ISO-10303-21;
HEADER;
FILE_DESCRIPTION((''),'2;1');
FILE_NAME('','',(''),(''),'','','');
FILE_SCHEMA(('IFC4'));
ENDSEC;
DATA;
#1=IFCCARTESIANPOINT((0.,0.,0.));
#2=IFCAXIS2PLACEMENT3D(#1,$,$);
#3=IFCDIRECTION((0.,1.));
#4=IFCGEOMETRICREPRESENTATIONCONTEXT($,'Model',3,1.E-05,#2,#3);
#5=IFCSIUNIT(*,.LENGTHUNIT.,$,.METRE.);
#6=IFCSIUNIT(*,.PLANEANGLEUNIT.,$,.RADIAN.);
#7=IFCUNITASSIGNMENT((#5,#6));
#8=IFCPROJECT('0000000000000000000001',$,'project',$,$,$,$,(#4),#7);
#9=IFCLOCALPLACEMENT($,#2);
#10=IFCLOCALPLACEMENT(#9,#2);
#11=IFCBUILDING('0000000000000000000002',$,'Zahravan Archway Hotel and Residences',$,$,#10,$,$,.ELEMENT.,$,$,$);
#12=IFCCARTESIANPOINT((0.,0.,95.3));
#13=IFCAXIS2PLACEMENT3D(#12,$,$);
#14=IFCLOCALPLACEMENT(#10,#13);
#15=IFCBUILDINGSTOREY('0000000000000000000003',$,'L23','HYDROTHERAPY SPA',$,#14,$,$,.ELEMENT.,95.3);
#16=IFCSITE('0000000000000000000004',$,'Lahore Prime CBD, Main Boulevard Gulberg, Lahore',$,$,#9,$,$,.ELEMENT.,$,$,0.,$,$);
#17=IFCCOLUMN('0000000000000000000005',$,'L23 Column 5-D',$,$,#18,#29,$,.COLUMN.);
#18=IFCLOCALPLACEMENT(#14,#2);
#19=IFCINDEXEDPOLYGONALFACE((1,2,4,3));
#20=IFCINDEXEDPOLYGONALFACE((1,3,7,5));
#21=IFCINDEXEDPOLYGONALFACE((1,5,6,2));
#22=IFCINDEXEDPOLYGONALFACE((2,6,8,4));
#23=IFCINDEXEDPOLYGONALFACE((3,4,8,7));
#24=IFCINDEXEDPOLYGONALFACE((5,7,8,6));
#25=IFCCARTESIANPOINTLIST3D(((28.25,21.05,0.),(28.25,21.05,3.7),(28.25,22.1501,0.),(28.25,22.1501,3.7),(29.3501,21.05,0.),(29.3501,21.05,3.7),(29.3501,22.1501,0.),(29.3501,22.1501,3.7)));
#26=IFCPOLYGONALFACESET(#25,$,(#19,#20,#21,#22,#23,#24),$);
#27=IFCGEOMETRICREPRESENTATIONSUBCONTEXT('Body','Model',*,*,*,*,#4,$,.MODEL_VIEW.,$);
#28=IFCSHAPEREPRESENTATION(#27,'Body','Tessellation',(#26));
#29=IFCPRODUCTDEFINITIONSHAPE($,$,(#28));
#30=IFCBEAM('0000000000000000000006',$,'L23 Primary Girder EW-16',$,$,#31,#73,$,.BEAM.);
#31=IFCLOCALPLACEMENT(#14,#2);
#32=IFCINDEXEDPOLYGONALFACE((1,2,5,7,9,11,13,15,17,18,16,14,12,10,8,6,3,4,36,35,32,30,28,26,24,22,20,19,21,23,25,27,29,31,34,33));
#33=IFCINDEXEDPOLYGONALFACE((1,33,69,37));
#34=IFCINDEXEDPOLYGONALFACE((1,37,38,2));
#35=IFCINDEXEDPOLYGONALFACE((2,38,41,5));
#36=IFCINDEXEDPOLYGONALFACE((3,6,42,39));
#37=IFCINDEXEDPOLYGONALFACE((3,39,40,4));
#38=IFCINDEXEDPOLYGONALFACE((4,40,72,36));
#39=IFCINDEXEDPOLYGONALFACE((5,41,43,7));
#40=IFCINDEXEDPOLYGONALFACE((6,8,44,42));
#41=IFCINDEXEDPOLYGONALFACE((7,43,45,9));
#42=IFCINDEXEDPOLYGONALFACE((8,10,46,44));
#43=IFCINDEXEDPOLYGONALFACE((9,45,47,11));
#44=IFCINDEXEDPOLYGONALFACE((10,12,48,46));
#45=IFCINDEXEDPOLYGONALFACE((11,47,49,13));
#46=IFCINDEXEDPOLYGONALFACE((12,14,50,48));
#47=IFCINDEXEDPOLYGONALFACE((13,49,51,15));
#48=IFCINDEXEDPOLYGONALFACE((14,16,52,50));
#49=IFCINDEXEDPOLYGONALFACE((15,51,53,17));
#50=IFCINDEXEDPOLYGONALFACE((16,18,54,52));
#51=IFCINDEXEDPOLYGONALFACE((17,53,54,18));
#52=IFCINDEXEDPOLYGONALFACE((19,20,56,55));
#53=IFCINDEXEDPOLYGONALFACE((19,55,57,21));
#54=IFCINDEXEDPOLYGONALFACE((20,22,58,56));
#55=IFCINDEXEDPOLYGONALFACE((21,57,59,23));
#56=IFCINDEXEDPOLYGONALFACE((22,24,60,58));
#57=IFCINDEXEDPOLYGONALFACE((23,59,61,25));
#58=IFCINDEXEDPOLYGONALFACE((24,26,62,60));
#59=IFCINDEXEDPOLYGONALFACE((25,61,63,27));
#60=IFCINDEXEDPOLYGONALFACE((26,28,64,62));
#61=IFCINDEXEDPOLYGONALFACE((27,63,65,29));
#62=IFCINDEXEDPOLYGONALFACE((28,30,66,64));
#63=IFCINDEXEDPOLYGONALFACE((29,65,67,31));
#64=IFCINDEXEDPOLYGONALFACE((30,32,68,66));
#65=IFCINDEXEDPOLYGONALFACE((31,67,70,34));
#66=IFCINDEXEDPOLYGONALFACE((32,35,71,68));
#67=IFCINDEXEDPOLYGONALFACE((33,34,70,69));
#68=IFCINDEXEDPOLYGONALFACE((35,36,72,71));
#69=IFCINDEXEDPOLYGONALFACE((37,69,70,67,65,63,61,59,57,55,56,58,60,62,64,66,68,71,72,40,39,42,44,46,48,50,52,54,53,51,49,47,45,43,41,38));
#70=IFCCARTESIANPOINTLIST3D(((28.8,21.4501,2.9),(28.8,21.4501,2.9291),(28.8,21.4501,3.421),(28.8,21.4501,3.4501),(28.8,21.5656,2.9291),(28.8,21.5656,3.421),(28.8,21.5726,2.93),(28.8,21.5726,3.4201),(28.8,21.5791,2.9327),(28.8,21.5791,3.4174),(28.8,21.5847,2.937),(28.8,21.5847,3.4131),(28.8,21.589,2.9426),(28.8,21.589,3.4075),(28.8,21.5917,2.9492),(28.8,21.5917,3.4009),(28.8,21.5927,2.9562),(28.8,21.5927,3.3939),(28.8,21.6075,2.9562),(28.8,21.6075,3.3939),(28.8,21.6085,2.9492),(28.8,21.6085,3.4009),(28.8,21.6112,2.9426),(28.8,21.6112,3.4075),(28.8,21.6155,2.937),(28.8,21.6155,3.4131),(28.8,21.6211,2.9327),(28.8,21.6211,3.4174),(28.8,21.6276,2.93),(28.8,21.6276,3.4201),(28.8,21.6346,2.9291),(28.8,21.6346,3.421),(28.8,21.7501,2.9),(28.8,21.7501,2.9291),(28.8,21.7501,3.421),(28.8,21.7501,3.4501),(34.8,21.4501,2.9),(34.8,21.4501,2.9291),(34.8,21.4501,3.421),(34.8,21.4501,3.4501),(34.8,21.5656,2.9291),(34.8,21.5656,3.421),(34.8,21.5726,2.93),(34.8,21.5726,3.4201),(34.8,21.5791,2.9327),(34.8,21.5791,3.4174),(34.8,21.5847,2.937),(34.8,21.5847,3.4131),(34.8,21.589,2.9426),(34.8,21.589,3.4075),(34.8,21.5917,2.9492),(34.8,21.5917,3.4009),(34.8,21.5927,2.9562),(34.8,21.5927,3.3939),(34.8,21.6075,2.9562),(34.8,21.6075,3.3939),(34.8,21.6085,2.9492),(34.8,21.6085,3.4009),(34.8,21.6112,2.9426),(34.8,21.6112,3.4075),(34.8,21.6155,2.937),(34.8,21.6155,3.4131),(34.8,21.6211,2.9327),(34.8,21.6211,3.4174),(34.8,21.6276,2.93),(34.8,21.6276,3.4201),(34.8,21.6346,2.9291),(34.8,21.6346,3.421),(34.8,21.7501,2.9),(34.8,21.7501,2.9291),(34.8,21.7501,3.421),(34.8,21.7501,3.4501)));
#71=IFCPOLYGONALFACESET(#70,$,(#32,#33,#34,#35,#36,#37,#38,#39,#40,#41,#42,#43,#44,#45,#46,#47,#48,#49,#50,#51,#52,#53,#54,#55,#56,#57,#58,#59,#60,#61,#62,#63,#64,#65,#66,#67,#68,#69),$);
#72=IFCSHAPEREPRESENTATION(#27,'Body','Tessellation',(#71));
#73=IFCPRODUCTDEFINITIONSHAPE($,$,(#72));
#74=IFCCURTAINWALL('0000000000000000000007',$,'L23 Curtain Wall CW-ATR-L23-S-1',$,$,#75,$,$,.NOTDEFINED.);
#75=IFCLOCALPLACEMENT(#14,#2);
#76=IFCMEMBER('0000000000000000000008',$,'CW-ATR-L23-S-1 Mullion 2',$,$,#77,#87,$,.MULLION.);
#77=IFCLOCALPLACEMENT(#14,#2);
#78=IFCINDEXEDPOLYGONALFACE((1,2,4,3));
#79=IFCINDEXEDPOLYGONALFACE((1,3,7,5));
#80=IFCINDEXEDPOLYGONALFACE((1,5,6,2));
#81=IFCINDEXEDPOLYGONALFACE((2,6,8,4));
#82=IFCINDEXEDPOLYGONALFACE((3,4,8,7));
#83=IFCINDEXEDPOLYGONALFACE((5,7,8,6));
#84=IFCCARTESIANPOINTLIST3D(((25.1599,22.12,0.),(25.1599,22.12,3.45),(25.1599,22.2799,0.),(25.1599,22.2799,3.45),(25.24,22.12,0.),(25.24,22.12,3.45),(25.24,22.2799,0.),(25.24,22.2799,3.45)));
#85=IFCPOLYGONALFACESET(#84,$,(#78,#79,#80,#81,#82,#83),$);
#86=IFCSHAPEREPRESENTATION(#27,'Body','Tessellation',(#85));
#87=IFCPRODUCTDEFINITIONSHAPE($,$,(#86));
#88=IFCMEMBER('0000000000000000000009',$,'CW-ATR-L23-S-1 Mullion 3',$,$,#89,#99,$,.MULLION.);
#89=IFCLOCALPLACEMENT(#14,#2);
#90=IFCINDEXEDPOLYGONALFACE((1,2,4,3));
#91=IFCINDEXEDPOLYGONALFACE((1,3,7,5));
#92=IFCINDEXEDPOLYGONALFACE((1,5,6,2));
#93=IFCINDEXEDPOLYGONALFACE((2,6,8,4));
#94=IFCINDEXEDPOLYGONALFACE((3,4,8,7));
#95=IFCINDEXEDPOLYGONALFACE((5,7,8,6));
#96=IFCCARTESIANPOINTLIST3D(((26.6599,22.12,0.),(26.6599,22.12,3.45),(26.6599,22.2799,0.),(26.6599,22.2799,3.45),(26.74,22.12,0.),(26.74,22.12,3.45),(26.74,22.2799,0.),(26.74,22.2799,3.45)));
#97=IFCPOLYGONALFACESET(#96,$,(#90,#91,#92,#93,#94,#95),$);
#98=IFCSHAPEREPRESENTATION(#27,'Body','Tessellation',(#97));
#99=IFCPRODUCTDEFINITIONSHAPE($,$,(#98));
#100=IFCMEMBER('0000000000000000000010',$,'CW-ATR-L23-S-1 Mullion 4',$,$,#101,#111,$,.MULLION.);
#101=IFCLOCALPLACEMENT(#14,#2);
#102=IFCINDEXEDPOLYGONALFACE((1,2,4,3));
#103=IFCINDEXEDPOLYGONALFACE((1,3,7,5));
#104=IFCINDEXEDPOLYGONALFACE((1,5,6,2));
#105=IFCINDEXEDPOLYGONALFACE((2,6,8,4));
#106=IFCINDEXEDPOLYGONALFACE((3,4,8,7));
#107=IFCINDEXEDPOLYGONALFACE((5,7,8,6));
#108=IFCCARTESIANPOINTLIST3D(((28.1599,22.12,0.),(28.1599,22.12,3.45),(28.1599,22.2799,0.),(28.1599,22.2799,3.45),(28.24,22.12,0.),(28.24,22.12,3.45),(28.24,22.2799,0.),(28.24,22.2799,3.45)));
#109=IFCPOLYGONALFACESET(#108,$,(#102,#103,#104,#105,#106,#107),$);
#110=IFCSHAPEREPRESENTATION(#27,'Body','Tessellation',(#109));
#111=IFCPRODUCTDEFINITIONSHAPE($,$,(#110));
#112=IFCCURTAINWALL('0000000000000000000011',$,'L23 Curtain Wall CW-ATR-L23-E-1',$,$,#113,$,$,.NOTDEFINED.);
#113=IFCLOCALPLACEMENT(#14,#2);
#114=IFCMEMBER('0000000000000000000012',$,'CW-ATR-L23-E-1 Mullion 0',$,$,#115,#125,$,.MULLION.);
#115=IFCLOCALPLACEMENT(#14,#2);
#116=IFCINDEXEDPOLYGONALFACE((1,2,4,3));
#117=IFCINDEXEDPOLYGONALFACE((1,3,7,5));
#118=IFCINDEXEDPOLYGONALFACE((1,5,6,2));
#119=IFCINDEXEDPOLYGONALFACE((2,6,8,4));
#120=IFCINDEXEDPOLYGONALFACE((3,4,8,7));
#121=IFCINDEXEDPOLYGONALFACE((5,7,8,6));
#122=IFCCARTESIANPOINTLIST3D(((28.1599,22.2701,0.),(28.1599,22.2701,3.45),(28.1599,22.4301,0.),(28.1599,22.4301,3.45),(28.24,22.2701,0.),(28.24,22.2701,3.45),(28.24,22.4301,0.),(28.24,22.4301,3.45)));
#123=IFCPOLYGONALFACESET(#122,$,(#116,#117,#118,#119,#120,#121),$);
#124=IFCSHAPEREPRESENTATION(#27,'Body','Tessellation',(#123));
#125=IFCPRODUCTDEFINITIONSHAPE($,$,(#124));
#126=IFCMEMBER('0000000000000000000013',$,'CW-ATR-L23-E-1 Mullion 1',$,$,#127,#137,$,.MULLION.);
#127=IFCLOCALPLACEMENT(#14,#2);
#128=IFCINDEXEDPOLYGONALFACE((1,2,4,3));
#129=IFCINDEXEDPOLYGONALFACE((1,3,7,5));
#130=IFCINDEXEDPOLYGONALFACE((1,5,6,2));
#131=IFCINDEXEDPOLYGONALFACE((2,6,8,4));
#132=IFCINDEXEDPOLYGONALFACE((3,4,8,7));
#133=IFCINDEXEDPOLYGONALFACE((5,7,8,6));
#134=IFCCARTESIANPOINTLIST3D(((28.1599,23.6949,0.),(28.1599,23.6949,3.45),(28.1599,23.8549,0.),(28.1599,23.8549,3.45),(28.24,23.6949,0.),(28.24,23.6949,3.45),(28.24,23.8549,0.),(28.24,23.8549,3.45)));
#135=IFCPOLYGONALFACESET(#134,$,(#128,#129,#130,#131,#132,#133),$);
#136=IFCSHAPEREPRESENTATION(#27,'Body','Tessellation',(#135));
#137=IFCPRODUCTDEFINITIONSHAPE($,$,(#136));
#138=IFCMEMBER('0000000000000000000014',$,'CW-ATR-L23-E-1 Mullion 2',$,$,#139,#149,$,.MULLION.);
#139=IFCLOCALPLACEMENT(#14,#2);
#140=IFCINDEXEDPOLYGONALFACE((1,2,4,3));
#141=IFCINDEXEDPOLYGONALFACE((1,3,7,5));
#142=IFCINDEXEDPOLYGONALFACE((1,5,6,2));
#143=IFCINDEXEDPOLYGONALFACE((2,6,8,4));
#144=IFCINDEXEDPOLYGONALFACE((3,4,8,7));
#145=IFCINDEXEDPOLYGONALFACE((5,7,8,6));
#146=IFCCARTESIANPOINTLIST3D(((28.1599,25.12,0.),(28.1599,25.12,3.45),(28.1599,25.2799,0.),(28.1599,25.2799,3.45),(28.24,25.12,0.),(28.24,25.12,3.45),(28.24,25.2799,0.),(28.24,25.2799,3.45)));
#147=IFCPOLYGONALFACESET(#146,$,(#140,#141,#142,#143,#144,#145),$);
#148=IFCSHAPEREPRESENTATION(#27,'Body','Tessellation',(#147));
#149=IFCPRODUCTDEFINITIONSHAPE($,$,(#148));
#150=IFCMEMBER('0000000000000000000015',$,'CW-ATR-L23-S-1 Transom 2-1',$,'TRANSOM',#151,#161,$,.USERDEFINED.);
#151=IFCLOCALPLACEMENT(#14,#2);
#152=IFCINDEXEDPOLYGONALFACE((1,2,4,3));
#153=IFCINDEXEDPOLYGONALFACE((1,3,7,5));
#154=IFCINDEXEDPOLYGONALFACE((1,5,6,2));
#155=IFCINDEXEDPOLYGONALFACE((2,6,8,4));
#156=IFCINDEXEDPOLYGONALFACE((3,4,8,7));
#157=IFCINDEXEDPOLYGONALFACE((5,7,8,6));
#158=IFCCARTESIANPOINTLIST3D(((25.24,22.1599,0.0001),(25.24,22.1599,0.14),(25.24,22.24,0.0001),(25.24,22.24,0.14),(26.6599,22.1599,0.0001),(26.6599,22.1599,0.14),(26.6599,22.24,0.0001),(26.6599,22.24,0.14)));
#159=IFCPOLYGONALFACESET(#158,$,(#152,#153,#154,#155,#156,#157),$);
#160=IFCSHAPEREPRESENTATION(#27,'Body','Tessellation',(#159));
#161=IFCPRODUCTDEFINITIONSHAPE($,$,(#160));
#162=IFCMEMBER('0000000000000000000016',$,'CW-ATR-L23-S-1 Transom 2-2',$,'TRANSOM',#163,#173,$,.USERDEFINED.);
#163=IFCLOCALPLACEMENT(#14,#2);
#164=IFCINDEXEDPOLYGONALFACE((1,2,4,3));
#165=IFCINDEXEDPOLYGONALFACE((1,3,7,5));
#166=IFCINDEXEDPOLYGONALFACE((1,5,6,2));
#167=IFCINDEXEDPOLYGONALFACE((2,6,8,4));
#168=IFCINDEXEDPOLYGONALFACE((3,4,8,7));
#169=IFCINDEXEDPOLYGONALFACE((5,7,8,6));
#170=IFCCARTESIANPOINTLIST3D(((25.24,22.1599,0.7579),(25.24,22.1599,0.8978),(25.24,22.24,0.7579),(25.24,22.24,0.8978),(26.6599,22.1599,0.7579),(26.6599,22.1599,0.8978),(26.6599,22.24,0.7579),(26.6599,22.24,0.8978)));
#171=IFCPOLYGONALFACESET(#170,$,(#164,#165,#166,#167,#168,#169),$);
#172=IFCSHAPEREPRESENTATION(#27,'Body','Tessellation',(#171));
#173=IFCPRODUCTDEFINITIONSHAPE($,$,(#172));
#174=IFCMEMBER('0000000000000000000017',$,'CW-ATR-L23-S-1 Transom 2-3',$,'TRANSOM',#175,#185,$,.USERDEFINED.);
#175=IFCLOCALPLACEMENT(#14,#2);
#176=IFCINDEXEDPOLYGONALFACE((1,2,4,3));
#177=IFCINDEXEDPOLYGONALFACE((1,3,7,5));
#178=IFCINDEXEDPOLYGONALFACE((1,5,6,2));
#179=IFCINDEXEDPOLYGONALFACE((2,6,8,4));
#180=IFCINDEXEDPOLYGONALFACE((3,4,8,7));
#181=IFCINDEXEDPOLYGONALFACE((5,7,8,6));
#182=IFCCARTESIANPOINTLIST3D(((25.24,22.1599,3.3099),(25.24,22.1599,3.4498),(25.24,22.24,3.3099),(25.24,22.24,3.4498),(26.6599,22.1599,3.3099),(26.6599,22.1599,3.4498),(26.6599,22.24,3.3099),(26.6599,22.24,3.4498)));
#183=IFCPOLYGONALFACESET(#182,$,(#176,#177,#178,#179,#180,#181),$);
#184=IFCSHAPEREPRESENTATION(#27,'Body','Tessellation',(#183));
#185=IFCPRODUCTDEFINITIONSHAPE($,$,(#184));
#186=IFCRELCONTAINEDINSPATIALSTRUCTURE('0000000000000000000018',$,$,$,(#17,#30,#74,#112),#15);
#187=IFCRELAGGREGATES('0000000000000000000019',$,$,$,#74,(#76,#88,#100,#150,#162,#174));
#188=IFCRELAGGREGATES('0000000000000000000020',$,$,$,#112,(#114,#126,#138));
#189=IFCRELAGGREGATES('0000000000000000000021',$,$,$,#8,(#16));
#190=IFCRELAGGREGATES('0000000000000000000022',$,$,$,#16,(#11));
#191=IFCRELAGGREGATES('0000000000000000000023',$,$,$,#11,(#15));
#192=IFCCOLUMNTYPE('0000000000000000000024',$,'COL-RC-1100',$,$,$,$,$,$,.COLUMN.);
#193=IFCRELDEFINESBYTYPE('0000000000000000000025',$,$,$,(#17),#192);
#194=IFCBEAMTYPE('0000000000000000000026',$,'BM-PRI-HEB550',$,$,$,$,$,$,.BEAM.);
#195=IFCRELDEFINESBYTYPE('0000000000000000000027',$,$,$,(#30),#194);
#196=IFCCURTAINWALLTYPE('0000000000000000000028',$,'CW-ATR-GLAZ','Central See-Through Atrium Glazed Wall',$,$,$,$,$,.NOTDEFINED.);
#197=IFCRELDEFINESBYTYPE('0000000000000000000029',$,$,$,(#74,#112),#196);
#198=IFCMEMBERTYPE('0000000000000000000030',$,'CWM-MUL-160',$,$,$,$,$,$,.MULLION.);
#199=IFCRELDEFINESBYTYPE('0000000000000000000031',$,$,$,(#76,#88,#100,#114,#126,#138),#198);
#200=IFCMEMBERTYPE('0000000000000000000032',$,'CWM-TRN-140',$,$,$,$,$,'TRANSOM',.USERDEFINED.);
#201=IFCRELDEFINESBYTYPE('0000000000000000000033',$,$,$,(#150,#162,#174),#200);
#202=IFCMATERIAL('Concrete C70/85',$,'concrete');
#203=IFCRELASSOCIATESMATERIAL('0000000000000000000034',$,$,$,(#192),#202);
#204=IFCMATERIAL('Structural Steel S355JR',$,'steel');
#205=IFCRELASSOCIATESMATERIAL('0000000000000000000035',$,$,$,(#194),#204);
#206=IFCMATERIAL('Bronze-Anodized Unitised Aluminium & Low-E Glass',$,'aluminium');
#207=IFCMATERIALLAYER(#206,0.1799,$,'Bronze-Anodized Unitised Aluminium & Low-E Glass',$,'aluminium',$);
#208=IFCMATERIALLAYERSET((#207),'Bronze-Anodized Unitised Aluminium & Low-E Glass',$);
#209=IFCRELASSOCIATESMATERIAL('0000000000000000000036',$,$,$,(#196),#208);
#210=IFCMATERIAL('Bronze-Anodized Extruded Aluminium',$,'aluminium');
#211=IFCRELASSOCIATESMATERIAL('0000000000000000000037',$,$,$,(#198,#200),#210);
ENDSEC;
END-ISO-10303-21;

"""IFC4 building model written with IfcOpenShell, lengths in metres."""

from ifc_helpers import new_model, si_unit, direction, frame, origin, origin_2d, place, context, subcontext, project, spatial, rectangle, i_section, extrude, source, transform, mapped, material, layer, layer_set, material_profile, profile_set, type_object, element, aggregate, save


model = new_model("IFC4")

# Units and contexts
model_context = context("Model", 3, precision=1e-05, world=origin(), true_north=direction((0.0, 1.0)))
body_context = subcontext(model_context, "Body", "Model", "MODEL_VIEW")
ifc_project = project(units=[si_unit("LENGTHUNIT", "METRE"), si_unit("PLANEANGLEUNIT", "RADIAN")], contexts=[model_context])

# Site, building, storey
site_placement = place(None, origin())
site = spatial("IfcSite", under=ifc_project, at=site_placement, Name="Lahore Prime CBD, Main Boulevard Gulberg, Lahore", CompositionType="ELEMENT", RefElevation=0.0)
building_placement = place(site_placement, origin())
building = spatial("IfcBuilding", under=site, at=building_placement, Name="Zahravan Archway Hotel and Residences", CompositionType="ELEMENT")
storey_placement = place(building_placement, frame((0.0, 0.0, 95.3)))
storey = spatial("IfcBuildingStorey", under=building, at=storey_placement, Name="L23", Description="HYDROTHERAPY SPA", CompositionType="ELEMENT", Elevation=95.3)

# Column
ifc_material_1 = material(Name="Concrete C70/85", Category="concrete")
ifc_material_profile_1 = material_profile(ifc_material_1, rectangle(XDim=1.1001, YDim=1.1001, at=origin_2d()), Name="RC 1100x1100", Category="concrete")
ifc_profile_set_1 = profile_set([ifc_material_profile_1], Name="Concrete C70/85")
column_type = type_object("IfcColumnType", Name="COL-RC-1100", PredefinedType="COLUMN", material=ifc_profile_set_1)
shared_shape_1 = source(origin(), body_context, "Body", "SweptSolid", [
    extrude(rectangle(XDim=1.1001, YDim=1.1001, at=origin_2d()), origin(), (0.0, 0.0, 1.0), 3.7),
])
column_placement = place(storey_placement, frame((28.8, 21.6001, 0.0), z_axis=(0.0, 0.0, 1.0), x_axis=(1.0, 0.0, 0.0)))
element("IfcColumn", 1, at=column_placement, inside=storey, type_object=column_type, Name="L23 Column 5-D", PredefinedType="COLUMN", context=body_context, shape_type="MappedRepresentation", body=[
    mapped(shared_shape_1, transform((0.0, 0.0, 0.0), scale=1.0)),
])

# Beam
ifc_material_2 = material(Name="Structural Steel S355JR", Category="steel")
ifc_material_profile_2 = material_profile(ifc_material_2, i_section(OverallWidth=0.3, OverallDepth=0.55, WebThickness=0.0149, FlangeThickness=0.0291, FilletRadius=0.0271, at=origin_2d()), Name="HEB 550", Category="steel")
ifc_profile_set_2 = profile_set([ifc_material_profile_2], Name="Structural Steel S355JR")
beam_type = type_object("IfcBeamType", Name="BM-PRI-HEB550", PredefinedType="BEAM", material=ifc_profile_set_2)
shared_shape_2 = source(origin(), body_context, "Body", "SweptSolid", [
    extrude(i_section(OverallWidth=0.3, OverallDepth=0.55, WebThickness=0.0149, FlangeThickness=0.0291, FilletRadius=0.0271, at=origin_2d()), origin(), (0.0, 0.0, 1.0), 6.0),
])
beam_placement = place(storey_placement, frame((28.8, 21.6001, 3.175), z_axis=(1.0, 0.0, 0.0), x_axis=(0.0, 1.0, 0.0)))
element("IfcBeam", 2, at=beam_placement, inside=storey, type_object=beam_type, Name="L23 Primary Girder EW-16", PredefinedType="BEAM", context=body_context, shape_type="MappedRepresentation", body=[
    mapped(shared_shape_2, transform((0.0, 0.0, 0.0), scale=1.0)),
])

# Curtain walls, members
ifc_material_3 = material(Name="Bronze-Anodized Unitised Aluminium & Low-E Glass", Category="aluminium")
ifc_layer_1 = layer(ifc_material_3, 0.1799, Name="Bronze-Anodized Unitised Aluminium & Low-E Glass", Category="aluminium")
ifc_layer_set_1 = layer_set([ifc_layer_1], Name="Bronze-Anodized Unitised Aluminium & Low-E Glass")
curtain_wall_type = type_object("IfcCurtainWallType", Name="CW-ATR-GLAZ", Description="Central See-Through Atrium Glazed Wall", PredefinedType="NOTDEFINED", material=ifc_layer_set_1)
curtain_wall_1_placement = place(storey_placement, origin())
curtain_wall_1 = element("IfcCurtainWall", 3, at=curtain_wall_1_placement, inside=storey, type_object=curtain_wall_type, Name="L23 Curtain Wall CW-ATR-L23-S-1", PredefinedType="NOTDEFINED")
ifc_material_4 = material(Name="Bronze-Anodized Extruded Aluminium", Category="aluminium")
ifc_material_profile_3 = material_profile(ifc_material_4, rectangle(XDim=0.0801, YDim=0.1599, at=origin_2d()), Name="MUL 80x160", Category="aluminium")
ifc_profile_set_3 = profile_set([ifc_material_profile_3], Name="Bronze-Anodized Extruded Aluminium")
member_type_1 = type_object("IfcMemberType", Name="CWM-MUL-160", PredefinedType="MULLION", material=ifc_profile_set_3)
shared_shape_3 = source(origin(), body_context, "Body", "SweptSolid", [
    extrude(rectangle(XDim=0.0801, YDim=0.1599, at=origin_2d()), origin(), (0.0, 0.0, 1.0), 3.45),
])
member_1_placement = place(storey_placement, frame((25.2, 22.2, 0.0), z_axis=(0.0, 0.0, 1.0), x_axis=(1.0, 0.0, 0.0)))
member_1 = element("IfcMember", 4, at=member_1_placement, type_object=member_type_1, Name="CW-ATR-L23-S-1 Mullion 2", PredefinedType="MULLION", context=body_context, shape_type="MappedRepresentation", body=[
    mapped(shared_shape_3, transform((0.0, 0.0, 0.0), scale=1.0)),
])
member_2_placement = place(storey_placement, frame((26.7, 22.2, 0.0), z_axis=(0.0, 0.0, 1.0), x_axis=(1.0, 0.0, 0.0)))
member_2 = element("IfcMember", 5, at=member_2_placement, type_object=member_type_1, Name="CW-ATR-L23-S-1 Mullion 3", PredefinedType="MULLION", context=body_context, shape_type="MappedRepresentation", body=[
    mapped(shared_shape_3, transform((0.0, 0.0, 0.0), scale=1.0)),
])
member_3_placement = place(storey_placement, frame((28.2, 22.2, 0.0), z_axis=(0.0, 0.0, 1.0), x_axis=(1.0, 0.0, 0.0)))
member_3 = element("IfcMember", 6, at=member_3_placement, type_object=member_type_1, Name="CW-ATR-L23-S-1 Mullion 4", PredefinedType="MULLION", context=body_context, shape_type="MappedRepresentation", body=[
    mapped(shared_shape_3, transform((0.0, 0.0, 0.0), scale=1.0)),
])
curtain_wall_2_placement = place(storey_placement, origin())
curtain_wall_2 = element("IfcCurtainWall", 7, at=curtain_wall_2_placement, inside=storey, type_object=curtain_wall_type, Name="L23 Curtain Wall CW-ATR-L23-E-1", PredefinedType="NOTDEFINED")
member_4_placement = place(storey_placement, frame((28.2, 22.3501, 0.0), z_axis=(0.0, 0.0, 1.0), x_axis=(1.0, 0.0, 0.0)))
member_4 = element("IfcMember", 8, at=member_4_placement, type_object=member_type_1, Name="CW-ATR-L23-E-1 Mullion 0", PredefinedType="MULLION", context=body_context, shape_type="MappedRepresentation", body=[
    mapped(shared_shape_3, transform((0.0, 0.0, 0.0), scale=1.0)),
])
member_5_placement = place(storey_placement, frame((28.2, 23.7749, 0.0), z_axis=(0.0, 0.0, 1.0), x_axis=(1.0, 0.0, 0.0)))
member_5 = element("IfcMember", 9, at=member_5_placement, type_object=member_type_1, Name="CW-ATR-L23-E-1 Mullion 1", PredefinedType="MULLION", context=body_context, shape_type="MappedRepresentation", body=[
    mapped(shared_shape_3, transform((0.0, 0.0, 0.0), scale=1.0)),
])
member_6_placement = place(storey_placement, frame((28.2, 25.2, 0.0), z_axis=(0.0, 0.0, 1.0), x_axis=(1.0, 0.0, 0.0)))
member_6 = element("IfcMember", 10, at=member_6_placement, type_object=member_type_1, Name="CW-ATR-L23-E-1 Mullion 2", PredefinedType="MULLION", context=body_context, shape_type="MappedRepresentation", body=[
    mapped(shared_shape_3, transform((0.0, 0.0, 0.0), scale=1.0)),
])

# Members
ifc_material_profile_4 = material_profile(ifc_material_4, rectangle(XDim=0.0801, YDim=0.1399, at=origin_2d()), Name="TRN 80x140", Category="aluminium")
ifc_profile_set_4 = profile_set([ifc_material_profile_4], Name="Bronze-Anodized Extruded Aluminium")
member_type_2 = type_object("IfcMemberType", Name="CWM-TRN-140", ElementType="TRANSOM", PredefinedType="USERDEFINED", material=ifc_profile_set_4)
shared_shape_4 = source(origin(), body_context, "Body", "SweptSolid", [
    extrude(rectangle(XDim=0.0801, YDim=0.1399, at=origin_2d()), origin(), (0.0, 0.0, 1.0), 1.4199),
])
member_7_placement = place(storey_placement, frame((25.24, 22.2, 0.0701), z_axis=(1.0, 0.0, 0.0), x_axis=(0.0, 1.0, 0.0)))
member_7 = element("IfcMember", 11, at=member_7_placement, type_object=member_type_2, Name="CW-ATR-L23-S-1 Transom 2-1", ObjectType="TRANSOM", PredefinedType="USERDEFINED", context=body_context, shape_type="MappedRepresentation", body=[
    mapped(shared_shape_4, transform((0.0, 0.0, 0.0), scale=1.0)),
])
member_8_placement = place(storey_placement, frame((25.24, 22.2, 0.8279), z_axis=(1.0, 0.0, 0.0), x_axis=(0.0, 1.0, 0.0)))
member_8 = element("IfcMember", 12, at=member_8_placement, type_object=member_type_2, Name="CW-ATR-L23-S-1 Transom 2-2", ObjectType="TRANSOM", PredefinedType="USERDEFINED", context=body_context, shape_type="MappedRepresentation", body=[
    mapped(shared_shape_4, transform((0.0, 0.0, 0.0), scale=1.0)),
])
member_9_placement = place(storey_placement, frame((25.24, 22.2, 3.3799), z_axis=(1.0, 0.0, 0.0), x_axis=(0.0, 1.0, 0.0)))
member_9 = element("IfcMember", 13, at=member_9_placement, type_object=member_type_2, Name="CW-ATR-L23-S-1 Transom 2-3", ObjectType="TRANSOM", PredefinedType="USERDEFINED", context=body_context, shape_type="MappedRepresentation", body=[
    mapped(shared_shape_4, transform((0.0, 0.0, 0.0), scale=1.0)),
])

aggregate(curtain_wall_1, [member_1, member_2, member_3, member_7, member_8, member_9])
aggregate(curtain_wall_2, [member_4, member_5, member_6])

save(model, "model.ifc")
